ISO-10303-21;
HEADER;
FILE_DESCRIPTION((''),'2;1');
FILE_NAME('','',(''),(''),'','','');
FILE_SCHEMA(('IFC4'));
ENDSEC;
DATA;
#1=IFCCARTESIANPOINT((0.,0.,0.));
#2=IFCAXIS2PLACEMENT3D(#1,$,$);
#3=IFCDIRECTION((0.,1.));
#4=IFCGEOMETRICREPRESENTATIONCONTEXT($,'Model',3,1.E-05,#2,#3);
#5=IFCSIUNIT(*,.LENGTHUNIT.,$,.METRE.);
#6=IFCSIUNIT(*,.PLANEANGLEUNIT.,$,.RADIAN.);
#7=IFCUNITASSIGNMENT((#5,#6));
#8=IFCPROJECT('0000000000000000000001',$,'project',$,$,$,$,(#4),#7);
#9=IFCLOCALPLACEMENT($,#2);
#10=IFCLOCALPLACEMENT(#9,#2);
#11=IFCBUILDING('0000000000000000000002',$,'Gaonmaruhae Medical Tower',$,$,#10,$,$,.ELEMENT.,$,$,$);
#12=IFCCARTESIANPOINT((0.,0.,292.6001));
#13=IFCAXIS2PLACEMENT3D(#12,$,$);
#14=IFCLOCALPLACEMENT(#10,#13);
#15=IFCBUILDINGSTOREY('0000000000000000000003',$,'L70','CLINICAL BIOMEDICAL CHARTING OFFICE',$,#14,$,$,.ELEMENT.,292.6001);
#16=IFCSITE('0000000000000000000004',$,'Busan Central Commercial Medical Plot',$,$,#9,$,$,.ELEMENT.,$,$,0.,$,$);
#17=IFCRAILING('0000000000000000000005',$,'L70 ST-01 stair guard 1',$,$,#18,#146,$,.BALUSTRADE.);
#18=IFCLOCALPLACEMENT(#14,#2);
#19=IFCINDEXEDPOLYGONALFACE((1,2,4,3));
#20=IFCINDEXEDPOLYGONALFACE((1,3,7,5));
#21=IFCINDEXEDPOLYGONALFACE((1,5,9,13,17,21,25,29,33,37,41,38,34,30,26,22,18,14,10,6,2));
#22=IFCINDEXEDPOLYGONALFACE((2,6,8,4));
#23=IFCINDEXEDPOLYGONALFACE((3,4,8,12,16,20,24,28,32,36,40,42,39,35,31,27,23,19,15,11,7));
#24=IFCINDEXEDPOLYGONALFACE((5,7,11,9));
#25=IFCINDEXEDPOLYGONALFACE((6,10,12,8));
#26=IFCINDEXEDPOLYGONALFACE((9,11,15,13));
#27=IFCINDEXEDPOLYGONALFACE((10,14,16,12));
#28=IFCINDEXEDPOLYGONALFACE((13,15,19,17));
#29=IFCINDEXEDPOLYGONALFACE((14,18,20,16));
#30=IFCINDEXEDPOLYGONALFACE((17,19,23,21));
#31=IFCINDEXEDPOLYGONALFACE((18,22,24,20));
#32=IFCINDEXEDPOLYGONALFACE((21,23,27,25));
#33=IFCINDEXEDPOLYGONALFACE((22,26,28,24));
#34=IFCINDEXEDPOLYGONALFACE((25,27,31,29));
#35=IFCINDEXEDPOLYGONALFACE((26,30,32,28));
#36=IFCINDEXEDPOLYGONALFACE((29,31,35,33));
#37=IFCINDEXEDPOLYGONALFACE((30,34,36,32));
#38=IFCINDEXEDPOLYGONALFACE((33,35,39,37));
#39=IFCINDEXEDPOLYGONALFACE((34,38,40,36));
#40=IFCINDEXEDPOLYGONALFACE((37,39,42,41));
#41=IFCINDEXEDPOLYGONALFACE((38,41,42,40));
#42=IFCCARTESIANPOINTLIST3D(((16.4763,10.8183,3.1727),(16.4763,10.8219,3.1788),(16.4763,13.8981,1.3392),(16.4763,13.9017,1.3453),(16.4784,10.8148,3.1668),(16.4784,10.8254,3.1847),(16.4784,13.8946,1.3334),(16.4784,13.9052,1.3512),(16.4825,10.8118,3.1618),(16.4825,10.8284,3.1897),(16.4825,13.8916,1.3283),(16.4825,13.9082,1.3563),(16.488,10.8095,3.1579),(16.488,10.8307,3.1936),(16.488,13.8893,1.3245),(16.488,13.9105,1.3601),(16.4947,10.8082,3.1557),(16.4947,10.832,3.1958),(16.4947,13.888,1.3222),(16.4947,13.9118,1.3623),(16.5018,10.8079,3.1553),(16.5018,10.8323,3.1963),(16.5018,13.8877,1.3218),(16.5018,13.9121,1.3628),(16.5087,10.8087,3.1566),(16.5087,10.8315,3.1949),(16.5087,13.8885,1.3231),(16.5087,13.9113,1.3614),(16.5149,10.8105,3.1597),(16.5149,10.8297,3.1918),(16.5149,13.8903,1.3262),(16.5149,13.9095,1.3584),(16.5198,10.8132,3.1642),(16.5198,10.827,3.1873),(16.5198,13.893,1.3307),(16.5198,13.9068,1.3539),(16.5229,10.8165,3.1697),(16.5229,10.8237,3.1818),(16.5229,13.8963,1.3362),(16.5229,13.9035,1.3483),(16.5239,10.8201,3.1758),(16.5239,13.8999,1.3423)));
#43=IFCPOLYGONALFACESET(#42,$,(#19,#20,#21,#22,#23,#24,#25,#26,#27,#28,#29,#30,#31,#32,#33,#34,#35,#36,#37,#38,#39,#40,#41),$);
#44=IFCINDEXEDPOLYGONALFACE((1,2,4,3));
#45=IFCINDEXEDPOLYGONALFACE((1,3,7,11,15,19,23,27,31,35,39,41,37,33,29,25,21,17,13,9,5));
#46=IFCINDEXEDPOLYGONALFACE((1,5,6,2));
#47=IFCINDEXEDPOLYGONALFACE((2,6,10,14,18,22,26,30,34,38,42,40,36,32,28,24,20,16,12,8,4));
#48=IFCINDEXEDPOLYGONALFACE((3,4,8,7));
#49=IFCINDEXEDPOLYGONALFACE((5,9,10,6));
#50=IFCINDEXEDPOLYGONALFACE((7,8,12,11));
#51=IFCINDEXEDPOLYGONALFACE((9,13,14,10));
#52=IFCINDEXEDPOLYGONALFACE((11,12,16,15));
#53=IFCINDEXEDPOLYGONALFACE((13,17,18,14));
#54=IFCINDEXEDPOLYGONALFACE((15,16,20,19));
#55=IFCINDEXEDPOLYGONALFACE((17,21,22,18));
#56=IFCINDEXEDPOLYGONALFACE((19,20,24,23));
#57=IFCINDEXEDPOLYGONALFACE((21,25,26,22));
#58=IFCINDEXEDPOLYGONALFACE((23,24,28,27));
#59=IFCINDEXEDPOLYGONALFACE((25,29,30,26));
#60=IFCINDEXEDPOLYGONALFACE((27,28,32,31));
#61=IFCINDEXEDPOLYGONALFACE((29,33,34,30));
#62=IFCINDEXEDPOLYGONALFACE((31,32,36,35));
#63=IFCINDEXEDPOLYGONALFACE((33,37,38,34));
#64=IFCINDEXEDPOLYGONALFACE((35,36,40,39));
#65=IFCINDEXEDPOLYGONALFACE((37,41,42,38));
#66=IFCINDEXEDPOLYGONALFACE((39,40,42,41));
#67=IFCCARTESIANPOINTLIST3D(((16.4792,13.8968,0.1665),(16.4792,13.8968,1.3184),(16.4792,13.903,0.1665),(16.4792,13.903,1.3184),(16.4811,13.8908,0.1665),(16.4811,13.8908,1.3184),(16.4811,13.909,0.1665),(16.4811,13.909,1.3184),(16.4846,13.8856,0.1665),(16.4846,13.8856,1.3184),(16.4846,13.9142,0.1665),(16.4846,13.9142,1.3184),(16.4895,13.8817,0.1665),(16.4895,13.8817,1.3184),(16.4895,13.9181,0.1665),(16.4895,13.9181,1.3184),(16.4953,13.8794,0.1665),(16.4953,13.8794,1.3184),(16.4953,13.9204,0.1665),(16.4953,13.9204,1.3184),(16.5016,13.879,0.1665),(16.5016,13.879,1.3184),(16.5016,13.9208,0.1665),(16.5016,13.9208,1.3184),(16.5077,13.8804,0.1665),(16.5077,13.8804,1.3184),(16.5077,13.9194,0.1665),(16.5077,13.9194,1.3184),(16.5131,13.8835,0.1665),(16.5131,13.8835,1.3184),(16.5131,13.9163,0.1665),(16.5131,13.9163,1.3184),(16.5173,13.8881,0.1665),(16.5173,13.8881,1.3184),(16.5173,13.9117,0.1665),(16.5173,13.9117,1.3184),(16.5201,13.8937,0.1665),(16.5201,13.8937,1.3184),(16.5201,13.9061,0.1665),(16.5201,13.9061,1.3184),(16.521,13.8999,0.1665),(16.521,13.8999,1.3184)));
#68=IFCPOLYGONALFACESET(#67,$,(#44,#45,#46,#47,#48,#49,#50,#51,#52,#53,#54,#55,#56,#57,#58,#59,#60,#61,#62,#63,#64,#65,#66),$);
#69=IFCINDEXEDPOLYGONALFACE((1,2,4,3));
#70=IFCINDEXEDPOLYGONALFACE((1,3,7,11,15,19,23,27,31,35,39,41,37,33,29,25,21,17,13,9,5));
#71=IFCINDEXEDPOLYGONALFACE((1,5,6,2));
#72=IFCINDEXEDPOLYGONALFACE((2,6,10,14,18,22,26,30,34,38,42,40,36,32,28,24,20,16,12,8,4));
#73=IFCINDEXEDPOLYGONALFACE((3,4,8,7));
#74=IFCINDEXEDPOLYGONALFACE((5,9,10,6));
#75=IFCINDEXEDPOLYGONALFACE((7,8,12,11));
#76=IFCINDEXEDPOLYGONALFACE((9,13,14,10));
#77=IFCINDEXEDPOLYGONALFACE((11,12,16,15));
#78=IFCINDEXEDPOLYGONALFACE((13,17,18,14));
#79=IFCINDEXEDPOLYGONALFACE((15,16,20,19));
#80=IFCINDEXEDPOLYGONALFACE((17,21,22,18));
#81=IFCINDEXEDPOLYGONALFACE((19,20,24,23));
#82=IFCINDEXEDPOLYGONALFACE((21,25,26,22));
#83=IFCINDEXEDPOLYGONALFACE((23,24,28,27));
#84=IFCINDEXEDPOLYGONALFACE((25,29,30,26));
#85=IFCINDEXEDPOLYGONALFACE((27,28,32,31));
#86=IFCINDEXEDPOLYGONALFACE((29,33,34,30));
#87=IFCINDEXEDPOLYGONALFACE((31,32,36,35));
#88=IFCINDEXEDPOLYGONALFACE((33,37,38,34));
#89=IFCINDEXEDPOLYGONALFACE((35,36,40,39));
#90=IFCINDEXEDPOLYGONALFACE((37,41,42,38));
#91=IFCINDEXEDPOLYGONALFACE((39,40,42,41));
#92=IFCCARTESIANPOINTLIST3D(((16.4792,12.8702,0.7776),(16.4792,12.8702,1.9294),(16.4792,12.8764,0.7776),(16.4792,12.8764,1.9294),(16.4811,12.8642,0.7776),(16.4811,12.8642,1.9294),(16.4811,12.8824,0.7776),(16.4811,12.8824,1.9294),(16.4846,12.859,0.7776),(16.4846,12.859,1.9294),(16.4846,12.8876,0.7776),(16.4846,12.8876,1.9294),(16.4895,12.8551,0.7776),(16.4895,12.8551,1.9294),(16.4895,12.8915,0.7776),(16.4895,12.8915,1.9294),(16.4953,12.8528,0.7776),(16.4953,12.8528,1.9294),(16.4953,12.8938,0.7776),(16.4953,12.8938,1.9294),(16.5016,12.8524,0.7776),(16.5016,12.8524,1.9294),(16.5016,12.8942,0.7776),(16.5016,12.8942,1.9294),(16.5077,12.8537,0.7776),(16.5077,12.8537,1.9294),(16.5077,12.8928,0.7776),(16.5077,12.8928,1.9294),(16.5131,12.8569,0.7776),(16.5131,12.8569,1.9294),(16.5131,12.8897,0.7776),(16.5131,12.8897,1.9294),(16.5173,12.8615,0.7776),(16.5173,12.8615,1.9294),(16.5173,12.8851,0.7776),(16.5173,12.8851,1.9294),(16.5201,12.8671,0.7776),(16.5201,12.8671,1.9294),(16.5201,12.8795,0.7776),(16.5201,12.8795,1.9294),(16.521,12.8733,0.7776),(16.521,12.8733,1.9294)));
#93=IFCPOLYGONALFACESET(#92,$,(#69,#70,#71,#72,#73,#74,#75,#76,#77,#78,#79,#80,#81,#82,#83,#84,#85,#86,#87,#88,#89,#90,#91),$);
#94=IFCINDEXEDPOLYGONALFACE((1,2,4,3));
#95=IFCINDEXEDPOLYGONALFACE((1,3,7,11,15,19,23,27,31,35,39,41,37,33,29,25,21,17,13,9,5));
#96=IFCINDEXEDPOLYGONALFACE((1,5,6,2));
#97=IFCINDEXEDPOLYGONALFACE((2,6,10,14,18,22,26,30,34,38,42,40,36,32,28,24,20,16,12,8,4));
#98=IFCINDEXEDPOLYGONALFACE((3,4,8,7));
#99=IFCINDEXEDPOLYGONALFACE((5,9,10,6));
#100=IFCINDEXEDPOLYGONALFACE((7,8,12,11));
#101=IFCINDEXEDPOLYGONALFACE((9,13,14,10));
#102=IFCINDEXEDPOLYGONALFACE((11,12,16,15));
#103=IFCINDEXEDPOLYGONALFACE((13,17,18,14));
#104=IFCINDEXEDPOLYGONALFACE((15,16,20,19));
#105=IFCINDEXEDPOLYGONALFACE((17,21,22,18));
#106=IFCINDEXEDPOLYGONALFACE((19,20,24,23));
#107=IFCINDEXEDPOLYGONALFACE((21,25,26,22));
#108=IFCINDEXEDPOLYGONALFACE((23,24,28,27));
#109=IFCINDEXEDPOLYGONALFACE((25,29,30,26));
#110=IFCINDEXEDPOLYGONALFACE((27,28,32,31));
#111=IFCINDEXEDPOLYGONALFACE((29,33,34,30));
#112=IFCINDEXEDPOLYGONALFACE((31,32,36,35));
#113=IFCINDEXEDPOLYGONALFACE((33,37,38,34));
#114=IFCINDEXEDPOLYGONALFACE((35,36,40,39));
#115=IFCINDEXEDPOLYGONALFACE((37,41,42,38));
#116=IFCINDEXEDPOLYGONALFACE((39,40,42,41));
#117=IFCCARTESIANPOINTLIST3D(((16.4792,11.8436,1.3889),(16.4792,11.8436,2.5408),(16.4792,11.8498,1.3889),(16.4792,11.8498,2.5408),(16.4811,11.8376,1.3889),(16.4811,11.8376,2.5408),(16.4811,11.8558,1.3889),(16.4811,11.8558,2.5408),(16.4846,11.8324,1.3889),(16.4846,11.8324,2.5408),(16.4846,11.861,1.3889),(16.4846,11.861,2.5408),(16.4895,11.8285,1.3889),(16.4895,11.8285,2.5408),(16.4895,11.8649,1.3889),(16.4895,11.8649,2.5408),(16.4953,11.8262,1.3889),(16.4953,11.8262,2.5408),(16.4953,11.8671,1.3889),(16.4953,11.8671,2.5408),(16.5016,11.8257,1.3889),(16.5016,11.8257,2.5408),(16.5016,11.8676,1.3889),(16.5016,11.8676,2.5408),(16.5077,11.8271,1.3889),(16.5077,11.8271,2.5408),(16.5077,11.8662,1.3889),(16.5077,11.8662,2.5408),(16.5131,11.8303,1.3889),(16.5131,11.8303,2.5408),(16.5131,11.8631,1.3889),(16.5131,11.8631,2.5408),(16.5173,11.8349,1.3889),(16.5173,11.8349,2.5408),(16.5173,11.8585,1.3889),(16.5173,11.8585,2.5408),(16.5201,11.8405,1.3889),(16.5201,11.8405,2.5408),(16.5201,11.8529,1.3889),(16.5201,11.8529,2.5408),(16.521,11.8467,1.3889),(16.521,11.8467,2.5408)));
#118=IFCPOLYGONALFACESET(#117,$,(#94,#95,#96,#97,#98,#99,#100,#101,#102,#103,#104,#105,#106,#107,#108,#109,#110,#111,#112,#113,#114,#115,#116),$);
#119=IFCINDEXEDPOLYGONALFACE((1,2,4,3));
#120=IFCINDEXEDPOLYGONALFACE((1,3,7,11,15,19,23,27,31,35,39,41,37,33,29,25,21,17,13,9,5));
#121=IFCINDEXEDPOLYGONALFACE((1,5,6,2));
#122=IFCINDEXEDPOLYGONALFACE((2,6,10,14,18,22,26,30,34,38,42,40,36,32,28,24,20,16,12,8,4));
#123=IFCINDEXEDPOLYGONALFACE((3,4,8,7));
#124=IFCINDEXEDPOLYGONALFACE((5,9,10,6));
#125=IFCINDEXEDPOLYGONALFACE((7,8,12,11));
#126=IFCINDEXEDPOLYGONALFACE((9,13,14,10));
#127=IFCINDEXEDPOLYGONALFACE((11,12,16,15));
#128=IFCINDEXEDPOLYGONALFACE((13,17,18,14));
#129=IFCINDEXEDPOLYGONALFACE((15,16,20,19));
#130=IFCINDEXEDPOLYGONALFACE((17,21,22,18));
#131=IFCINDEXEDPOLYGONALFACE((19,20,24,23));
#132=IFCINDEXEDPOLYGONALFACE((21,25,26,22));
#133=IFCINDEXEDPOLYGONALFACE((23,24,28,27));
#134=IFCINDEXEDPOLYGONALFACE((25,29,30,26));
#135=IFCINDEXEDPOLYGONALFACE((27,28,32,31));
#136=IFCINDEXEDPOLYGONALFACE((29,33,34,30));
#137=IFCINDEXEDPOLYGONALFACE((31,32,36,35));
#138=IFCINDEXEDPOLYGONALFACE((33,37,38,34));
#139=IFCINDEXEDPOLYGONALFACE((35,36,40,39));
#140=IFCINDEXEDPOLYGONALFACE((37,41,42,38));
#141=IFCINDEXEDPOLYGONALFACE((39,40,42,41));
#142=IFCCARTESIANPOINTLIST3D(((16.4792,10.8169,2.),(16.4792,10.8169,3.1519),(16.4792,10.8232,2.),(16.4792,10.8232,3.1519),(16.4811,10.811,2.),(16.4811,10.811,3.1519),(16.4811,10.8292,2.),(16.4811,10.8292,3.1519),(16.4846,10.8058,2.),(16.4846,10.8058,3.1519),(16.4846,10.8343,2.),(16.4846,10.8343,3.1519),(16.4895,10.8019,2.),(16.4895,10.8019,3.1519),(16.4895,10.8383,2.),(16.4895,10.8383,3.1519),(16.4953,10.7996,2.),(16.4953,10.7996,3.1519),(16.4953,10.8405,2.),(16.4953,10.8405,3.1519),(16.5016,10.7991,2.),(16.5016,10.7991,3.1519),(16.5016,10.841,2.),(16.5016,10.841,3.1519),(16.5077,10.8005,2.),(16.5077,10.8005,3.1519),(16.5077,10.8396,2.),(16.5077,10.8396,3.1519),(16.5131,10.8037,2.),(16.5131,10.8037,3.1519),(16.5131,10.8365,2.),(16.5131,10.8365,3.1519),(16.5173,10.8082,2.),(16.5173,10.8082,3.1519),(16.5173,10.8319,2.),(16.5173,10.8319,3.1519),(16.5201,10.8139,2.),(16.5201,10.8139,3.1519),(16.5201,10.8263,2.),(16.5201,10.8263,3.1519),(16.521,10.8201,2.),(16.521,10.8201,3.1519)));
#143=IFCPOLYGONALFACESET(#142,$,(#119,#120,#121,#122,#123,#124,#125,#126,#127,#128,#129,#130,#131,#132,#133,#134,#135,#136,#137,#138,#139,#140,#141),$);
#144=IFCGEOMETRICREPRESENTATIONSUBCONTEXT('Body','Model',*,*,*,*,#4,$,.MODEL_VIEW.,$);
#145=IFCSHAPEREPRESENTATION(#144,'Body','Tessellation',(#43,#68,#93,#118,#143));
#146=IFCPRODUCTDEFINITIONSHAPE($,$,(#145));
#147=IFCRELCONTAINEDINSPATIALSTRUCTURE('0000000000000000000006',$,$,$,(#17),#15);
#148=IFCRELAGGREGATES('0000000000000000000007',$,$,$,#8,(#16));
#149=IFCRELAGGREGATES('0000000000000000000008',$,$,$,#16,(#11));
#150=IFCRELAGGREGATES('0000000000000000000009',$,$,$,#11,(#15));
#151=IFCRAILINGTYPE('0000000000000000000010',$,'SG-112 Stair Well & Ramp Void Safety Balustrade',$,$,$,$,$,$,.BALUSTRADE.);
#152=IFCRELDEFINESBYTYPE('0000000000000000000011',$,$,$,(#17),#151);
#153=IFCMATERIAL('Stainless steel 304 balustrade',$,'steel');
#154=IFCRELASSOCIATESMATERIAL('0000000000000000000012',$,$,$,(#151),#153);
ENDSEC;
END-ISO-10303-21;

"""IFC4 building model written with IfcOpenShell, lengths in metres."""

from ifc_helpers import new_model, si_unit, direction, frame, origin, origin_2d, place, context, subcontext, project, spatial, circle, extrude, material, type_object, element, save


model = new_model("IFC4")

# Units and contexts
model_context = context("Model", 3, precision=1e-05, world=origin(), true_north=direction((0.0, 1.0)))
body_context = subcontext(model_context, "Body", "Model", "MODEL_VIEW")
ifc_project = project(units=[si_unit("LENGTHUNIT", "METRE"), si_unit("PLANEANGLEUNIT", "RADIAN")], contexts=[model_context])

# Site, building, storey
site_placement = place(None, origin())
site = spatial("IfcSite", under=ifc_project, at=site_placement, Name="Busan Central Commercial Medical Plot", CompositionType="ELEMENT", RefElevation=0.0)
building_placement = place(site_placement, origin())
building = spatial("IfcBuilding", under=site, at=building_placement, Name="Gaonmaruhae Medical Tower", CompositionType="ELEMENT")
storey_placement = place(building_placement, frame((0.0, 0.0, 292.6001)))
storey = spatial("IfcBuildingStorey", under=building, at=storey_placement, Name="L70", Description="CLINICAL BIOMEDICAL CHARTING OFFICE", CompositionType="ELEMENT", Elevation=292.6001)

# Railing
ifc_material_1 = material(Name="Stainless steel 304 balustrade", Category="steel")
railing_type_1 = type_object("IfcRailingType", Name="SG-112 Stair Well & Ramp Void Safety Balustrade", PredefinedType="BALUSTRADE", material=ifc_material_1)
railing_1_placement = place(storey_placement, frame((16.5, 13.8999, 0.1665)))
element("IfcRailing", 1, at=railing_1_placement, inside=storey, type_object=railing_type_1, Name="L70 ST-01 stair guard 1", PredefinedType="BALUSTRADE", context=body_context, shape_type="SweptSolid", body=[
    extrude(circle(Radius=0.0239, at=origin_2d()), frame((0.0, 0.0, 1.1758), z_axis=(0.0, -0.859261, 0.511538), x_axis=(1.0, 0.0, 0.0)), (0.0, 0.0, 1.0), 3.5842),
    extrude(circle(Radius=0.021, at=origin_2d()), origin(), (0.0, 0.0, 1.0), 1.1519),
    extrude(circle(Radius=0.021, at=origin_2d()), frame((0.0, -1.0266, 0.6111)), (0.0, 0.0, 1.0), 1.1519),
    extrude(circle(Radius=0.021, at=origin_2d()), frame((0.0, -2.0532, 1.2224)), (0.0, 0.0, 1.0), 1.1519),
    extrude(circle(Radius=0.021, at=origin_2d()), frame((0.0, -3.0798, 1.8335)), (0.0, 0.0, 1.0), 1.1519),
])

save(model, "model.ifc")
